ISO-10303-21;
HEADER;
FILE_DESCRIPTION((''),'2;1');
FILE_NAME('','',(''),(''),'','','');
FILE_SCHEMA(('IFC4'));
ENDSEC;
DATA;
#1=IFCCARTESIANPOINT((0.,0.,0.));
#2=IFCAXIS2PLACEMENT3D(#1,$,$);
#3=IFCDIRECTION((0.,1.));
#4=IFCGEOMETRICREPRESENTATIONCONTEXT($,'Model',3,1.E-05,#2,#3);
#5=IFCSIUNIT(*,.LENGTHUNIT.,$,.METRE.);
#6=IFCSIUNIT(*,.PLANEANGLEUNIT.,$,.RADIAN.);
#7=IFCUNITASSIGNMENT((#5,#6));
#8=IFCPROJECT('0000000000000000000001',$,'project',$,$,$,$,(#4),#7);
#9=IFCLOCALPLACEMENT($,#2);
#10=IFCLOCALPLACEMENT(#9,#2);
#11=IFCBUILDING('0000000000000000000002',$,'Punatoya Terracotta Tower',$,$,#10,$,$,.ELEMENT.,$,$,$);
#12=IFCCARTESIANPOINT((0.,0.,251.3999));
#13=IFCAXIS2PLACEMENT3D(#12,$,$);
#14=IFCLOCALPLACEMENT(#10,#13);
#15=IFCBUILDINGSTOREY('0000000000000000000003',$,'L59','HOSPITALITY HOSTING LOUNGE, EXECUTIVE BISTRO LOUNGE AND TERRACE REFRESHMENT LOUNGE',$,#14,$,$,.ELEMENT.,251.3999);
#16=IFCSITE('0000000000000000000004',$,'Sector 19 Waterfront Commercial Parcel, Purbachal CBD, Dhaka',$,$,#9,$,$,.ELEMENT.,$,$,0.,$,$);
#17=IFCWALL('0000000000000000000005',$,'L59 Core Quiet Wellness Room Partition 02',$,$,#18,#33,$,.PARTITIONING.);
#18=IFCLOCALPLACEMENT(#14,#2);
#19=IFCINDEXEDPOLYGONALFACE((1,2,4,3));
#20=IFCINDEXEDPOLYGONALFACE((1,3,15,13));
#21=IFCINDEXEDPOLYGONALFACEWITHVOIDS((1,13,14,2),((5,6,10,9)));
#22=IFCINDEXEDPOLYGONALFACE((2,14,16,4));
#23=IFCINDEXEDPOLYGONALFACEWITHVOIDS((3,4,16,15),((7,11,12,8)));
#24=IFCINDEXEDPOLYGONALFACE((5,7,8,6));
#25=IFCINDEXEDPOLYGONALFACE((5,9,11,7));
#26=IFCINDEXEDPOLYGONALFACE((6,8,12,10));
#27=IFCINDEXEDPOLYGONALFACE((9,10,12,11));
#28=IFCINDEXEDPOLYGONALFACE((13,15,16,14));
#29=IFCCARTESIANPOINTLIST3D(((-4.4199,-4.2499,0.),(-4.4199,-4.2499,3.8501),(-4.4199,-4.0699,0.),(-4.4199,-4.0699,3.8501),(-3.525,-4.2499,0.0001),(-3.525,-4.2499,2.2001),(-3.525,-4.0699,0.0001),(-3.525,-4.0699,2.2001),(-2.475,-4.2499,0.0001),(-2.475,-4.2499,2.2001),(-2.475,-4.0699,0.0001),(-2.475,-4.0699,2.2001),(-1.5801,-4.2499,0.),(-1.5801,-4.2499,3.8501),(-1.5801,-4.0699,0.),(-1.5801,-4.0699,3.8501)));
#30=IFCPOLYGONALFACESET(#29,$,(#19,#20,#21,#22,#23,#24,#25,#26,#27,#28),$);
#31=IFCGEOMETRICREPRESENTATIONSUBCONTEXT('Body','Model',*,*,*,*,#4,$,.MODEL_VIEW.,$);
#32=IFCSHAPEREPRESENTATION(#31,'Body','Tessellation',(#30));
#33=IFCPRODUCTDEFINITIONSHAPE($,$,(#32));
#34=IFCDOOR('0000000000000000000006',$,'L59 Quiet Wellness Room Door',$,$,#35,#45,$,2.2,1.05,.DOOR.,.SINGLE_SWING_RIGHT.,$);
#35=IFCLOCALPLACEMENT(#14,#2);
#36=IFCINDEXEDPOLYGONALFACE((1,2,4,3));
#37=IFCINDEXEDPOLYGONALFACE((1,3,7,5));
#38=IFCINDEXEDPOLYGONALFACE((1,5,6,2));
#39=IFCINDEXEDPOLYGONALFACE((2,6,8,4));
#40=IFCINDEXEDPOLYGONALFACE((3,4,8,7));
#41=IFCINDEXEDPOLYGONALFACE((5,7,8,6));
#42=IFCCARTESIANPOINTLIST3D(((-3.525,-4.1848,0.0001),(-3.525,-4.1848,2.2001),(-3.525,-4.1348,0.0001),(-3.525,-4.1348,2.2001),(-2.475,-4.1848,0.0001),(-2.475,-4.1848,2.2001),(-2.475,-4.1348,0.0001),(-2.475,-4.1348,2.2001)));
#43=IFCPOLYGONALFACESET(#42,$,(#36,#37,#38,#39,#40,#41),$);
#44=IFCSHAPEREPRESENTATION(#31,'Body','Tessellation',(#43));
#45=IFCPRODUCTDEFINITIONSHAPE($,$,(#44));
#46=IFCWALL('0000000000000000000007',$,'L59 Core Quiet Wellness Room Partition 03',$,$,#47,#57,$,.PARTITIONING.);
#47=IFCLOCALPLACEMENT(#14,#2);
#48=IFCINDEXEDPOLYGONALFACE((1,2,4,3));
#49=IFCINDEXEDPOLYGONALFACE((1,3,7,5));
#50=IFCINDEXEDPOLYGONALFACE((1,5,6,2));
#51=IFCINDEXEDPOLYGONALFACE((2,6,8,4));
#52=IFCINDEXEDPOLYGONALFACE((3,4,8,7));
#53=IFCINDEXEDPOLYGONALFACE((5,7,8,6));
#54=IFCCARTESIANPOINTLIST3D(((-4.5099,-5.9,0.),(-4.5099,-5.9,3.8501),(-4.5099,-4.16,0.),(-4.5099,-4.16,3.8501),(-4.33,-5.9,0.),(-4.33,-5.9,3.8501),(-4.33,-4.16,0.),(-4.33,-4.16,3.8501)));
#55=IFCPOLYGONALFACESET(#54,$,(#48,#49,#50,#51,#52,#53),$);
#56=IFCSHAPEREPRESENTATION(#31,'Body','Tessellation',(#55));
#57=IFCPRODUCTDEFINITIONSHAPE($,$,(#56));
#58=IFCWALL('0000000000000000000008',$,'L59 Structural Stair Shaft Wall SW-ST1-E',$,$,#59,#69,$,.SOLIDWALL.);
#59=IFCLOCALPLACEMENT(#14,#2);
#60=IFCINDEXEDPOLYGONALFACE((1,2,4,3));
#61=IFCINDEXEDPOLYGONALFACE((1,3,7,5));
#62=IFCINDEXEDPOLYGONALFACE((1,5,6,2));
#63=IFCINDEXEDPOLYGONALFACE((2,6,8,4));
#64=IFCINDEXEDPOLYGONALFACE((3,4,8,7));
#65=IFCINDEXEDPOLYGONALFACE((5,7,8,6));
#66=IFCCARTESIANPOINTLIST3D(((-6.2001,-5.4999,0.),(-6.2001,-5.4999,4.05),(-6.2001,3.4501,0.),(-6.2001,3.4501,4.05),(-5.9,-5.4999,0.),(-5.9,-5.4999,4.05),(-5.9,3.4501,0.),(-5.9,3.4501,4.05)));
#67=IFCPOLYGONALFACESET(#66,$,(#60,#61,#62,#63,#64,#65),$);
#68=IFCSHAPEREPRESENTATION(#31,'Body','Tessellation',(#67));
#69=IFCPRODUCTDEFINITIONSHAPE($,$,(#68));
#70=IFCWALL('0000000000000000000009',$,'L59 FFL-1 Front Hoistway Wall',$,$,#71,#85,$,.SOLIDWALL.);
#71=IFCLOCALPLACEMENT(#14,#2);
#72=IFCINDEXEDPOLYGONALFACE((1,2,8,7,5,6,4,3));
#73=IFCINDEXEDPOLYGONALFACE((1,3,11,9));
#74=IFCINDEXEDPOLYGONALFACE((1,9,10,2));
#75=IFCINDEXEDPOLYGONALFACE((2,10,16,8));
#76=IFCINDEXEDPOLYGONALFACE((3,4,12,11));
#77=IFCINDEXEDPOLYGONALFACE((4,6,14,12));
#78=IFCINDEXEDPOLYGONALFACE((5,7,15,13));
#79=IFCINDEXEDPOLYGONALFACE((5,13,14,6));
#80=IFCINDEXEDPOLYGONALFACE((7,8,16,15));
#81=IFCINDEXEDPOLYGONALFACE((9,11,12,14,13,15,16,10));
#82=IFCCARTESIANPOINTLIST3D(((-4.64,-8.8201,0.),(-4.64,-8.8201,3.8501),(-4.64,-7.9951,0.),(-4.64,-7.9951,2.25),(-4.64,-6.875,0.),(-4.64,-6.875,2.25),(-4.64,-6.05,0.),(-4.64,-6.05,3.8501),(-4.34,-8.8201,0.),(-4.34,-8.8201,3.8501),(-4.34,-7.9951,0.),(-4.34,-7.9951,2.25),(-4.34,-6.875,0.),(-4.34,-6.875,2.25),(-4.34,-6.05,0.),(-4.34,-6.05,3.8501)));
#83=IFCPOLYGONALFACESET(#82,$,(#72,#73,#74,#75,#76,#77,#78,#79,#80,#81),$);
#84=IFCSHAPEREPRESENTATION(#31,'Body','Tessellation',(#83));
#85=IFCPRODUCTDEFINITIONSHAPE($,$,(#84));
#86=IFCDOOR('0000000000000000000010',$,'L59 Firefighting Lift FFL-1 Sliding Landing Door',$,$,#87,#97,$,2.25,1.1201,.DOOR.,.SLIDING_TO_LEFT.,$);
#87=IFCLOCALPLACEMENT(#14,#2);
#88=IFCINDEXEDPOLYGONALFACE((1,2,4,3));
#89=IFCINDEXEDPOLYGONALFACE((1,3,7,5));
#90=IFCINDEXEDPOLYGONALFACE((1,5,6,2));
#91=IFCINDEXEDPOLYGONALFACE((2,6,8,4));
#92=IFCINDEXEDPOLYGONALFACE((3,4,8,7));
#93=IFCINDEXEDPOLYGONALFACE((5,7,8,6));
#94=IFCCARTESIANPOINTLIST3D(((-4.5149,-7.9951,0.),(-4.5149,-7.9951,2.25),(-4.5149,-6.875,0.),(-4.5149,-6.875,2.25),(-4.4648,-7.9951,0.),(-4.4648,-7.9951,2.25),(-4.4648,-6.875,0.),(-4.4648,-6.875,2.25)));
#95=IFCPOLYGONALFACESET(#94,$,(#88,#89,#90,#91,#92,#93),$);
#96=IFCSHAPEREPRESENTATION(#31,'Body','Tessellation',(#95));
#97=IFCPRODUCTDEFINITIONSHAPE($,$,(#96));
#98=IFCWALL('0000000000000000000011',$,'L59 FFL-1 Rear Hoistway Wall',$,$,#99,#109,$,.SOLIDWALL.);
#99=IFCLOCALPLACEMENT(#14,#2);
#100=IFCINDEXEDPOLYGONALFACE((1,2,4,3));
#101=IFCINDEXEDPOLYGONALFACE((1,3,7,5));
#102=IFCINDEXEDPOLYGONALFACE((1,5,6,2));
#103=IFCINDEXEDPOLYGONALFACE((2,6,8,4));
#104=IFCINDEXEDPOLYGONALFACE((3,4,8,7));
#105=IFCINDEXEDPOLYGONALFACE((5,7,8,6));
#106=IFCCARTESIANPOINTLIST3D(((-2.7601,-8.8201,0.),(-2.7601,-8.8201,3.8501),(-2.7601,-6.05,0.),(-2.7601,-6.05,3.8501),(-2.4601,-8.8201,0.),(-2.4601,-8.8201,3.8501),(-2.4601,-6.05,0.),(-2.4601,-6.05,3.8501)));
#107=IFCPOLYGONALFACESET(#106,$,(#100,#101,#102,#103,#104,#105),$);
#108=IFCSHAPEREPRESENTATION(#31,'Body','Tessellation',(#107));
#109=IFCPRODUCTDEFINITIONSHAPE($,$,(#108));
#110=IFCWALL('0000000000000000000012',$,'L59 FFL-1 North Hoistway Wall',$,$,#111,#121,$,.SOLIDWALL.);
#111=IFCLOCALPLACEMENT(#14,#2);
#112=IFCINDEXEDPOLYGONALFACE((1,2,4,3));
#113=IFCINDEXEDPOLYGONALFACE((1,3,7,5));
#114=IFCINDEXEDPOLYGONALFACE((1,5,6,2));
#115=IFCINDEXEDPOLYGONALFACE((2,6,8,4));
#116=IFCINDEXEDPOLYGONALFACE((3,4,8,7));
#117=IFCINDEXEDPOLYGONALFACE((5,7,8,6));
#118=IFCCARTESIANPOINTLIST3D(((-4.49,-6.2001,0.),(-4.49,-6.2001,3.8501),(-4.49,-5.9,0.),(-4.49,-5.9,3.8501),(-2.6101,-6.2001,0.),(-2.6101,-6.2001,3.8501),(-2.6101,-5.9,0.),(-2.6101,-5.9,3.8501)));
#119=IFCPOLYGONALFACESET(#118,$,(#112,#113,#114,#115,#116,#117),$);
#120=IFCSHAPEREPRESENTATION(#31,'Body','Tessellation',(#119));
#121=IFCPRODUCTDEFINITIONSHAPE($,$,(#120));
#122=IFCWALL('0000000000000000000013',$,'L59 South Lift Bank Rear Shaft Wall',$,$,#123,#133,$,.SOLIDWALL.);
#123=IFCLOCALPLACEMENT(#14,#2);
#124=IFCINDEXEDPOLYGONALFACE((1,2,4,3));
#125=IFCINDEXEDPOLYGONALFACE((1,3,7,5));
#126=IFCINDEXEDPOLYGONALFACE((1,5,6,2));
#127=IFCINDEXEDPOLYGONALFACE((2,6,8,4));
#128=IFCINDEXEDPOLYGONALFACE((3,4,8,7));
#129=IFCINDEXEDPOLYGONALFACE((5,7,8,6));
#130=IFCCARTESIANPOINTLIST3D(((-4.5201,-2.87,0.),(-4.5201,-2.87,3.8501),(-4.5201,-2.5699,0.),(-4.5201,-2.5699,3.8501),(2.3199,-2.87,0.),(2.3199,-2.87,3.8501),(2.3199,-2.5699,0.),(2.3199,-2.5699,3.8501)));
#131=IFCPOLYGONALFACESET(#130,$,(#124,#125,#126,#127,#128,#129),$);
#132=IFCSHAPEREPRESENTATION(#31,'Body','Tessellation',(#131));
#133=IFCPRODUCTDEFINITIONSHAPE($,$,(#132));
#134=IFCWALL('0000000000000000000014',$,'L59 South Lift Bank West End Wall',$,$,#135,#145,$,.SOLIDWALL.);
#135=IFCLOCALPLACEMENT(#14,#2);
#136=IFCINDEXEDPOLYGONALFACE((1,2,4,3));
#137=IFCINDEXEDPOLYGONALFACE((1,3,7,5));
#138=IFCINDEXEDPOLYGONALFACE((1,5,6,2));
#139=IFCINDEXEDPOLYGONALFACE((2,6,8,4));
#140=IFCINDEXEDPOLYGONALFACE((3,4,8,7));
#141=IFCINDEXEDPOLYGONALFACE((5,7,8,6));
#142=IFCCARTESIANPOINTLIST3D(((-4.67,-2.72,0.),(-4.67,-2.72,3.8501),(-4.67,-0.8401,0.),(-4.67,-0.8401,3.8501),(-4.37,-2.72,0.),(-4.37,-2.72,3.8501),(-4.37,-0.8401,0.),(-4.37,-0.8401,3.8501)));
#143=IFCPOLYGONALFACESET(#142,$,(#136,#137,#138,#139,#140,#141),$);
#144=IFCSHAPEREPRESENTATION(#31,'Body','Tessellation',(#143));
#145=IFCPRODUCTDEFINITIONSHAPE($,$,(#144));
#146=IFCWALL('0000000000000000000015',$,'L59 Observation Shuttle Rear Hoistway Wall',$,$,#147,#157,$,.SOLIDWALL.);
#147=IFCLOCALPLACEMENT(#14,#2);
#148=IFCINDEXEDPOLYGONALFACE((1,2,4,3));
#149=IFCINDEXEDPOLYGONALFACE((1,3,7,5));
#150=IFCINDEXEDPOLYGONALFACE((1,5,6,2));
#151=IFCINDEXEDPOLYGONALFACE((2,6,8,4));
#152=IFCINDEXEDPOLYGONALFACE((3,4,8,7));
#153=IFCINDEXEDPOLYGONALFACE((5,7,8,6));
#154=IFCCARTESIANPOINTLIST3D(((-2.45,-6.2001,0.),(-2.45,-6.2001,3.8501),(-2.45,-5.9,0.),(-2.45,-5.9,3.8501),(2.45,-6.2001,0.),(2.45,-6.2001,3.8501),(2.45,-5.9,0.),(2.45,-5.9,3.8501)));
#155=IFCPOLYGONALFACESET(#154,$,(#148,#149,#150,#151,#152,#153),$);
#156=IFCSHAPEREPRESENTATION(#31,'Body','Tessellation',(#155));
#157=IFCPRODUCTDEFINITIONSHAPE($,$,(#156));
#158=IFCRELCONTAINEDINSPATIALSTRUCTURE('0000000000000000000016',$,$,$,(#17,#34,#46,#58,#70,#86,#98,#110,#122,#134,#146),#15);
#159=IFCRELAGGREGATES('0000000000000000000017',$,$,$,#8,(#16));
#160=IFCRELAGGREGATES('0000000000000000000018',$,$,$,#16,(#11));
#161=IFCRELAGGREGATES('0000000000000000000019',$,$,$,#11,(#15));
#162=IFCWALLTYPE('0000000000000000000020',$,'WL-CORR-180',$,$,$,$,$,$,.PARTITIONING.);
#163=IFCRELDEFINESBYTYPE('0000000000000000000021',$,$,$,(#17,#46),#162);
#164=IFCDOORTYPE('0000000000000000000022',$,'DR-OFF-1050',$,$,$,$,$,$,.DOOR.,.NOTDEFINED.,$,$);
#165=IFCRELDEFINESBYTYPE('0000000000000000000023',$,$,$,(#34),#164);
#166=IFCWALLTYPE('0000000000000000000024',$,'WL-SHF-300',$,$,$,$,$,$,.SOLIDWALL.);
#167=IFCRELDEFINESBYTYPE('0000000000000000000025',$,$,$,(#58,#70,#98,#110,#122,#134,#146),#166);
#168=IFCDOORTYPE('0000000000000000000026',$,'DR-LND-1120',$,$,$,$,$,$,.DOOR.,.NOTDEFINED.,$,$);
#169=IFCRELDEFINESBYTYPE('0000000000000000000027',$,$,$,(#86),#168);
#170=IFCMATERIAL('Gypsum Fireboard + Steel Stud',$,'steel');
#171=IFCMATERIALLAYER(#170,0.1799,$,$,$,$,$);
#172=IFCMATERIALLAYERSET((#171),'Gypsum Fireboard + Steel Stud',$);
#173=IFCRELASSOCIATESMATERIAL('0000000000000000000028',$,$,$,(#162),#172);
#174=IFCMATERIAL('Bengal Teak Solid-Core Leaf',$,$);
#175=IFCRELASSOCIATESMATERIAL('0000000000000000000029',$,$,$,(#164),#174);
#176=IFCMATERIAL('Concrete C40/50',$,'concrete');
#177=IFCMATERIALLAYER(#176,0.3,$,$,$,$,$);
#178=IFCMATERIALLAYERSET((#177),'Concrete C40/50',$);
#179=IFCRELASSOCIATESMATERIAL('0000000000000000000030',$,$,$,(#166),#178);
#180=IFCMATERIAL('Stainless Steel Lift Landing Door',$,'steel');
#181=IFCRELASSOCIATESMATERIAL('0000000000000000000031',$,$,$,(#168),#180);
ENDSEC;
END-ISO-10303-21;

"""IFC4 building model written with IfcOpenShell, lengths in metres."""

from ifc_helpers import new_model, si_unit, direction, frame, frame_2d, origin, place, context, subcontext, project, spatial, rectangle, extrude, material, layer, layer_set, type_object, element, fill, save


model = new_model("IFC4")

# Units and contexts
model_context = context("Model", 3, precision=1e-05, world=origin(), true_north=direction((0.0, 1.0)))
body_context = subcontext(model_context, "Body", "Model", "MODEL_VIEW")
ifc_project = project(units=[si_unit("LENGTHUNIT", "METRE"), si_unit("PLANEANGLEUNIT", "RADIAN")], contexts=[model_context])

# Site, building, storey
site_placement = place(None, origin())
site = spatial("IfcSite", under=ifc_project, at=site_placement, Name="Sector 19 Waterfront Commercial Parcel, Purbachal CBD, Dhaka", CompositionType="ELEMENT", RefElevation=0.0)
building_placement = place(site_placement, origin())
building = spatial("IfcBuilding", under=site, at=building_placement, Name="Punatoya Terracotta Tower", CompositionType="ELEMENT")
storey_placement = place(building_placement, frame((0.0, 0.0, 251.3999)))
storey = spatial("IfcBuildingStorey", under=building, at=storey_placement, Name="L59", Description="HOSPITALITY HOSTING LOUNGE, EXECUTIVE BISTRO LOUNGE AND TERRACE REFRESHMENT LOUNGE", CompositionType="ELEMENT", Elevation=251.3999)

# Shared definitions
ifc_material_1 = material(Name="Concrete C40/50", Category="concrete")

# Shared definitions
ifc_material_2 = material(Name="Gypsum Fireboard + Steel Stud", Category="steel")
ifc_layer_1 = layer(ifc_material_2, 0.1799)
ifc_layer_set_1 = layer_set([ifc_layer_1], Name="Gypsum Fireboard + Steel Stud")
wall_type_1 = type_object("IfcWallType", Name="WL-CORR-180", PredefinedType="PARTITIONING", material=ifc_layer_set_1)

# Wall, opening, door
wall_1_placement = place(storey_placement, frame((-1.5801, -4.1599, 0.0), z_axis=(0.0, 0.0, 1.0), x_axis=(-1.0, 0.0, 0.0)))
wall_1 = element("IfcWall", 1, at=wall_1_placement, inside=storey, type_object=wall_type_1, Name="L59 Core Quiet Wellness Room Partition 02", PredefinedType="PARTITIONING", context=body_context, shape_type="SweptSolid", body=[
    extrude(rectangle(XDim=2.8398, YDim=0.1799, at=frame_2d((1.4199, 0.0))), origin(), (0.0, 0.0, 1.0), 3.8501),
])
opening_1_placement = place(wall_1_placement, frame((0.895, 0.0, 0.0)))
opening_1 = element("IfcOpeningElement", 2, at=opening_1_placement, cuts=wall_1, PredefinedType="OPENING", context=body_context, shape_type="SweptSolid", body=[
    extrude(rectangle(XDim=1.05, YDim=2.2, at=frame_2d((0.5249, 1.1001))), frame((0.0, 0.0999, 0.0), z_axis=(0.0, -1.0, 0.0), x_axis=(1.0, 0.0, 0.0)), (0.0, 0.0, 1.0), 0.2),
])
ifc_material_3 = material(Name="Bengal Teak Solid-Core Leaf")
door_type_1 = type_object("IfcDoorType", Name="DR-OFF-1050", OperationType="NOTDEFINED", PredefinedType="DOOR", material=ifc_material_3)
door_1_placement = place(opening_1_placement, origin())
door_1 = element("IfcDoor", 3, at=door_1_placement, inside=storey, type_object=door_type_1, Name="L59 Quiet Wellness Room Door", OperationType="SINGLE_SWING_RIGHT", OverallHeight=2.2, OverallWidth=1.05, PredefinedType="DOOR", context=body_context, shape_type="SweptSolid", body=[
    extrude(rectangle(XDim=1.05, YDim=2.2, at=frame_2d((0.5249, 1.1001))), frame((0.0, 0.0249, 0.0), z_axis=(0.0, -1.0, 0.0), x_axis=(1.0, 0.0, 0.0)), (0.0, 0.0, 1.0), 0.05),
])
fill(opening_1, door_1)

# Walls
wall_2_placement = place(storey_placement, frame((-4.4199, -4.1599, 0.0), z_axis=(0.0, 0.0, 1.0), x_axis=(0.0, -1.0, 0.0)))
element("IfcWall", 4, at=wall_2_placement, inside=storey, type_object=wall_type_1, Name="L59 Core Quiet Wellness Room Partition 03", PredefinedType="PARTITIONING", context=body_context, shape_type="SweptSolid", body=[
    extrude(rectangle(XDim=1.74, YDim=0.1799, at=frame_2d((0.8701, 0.0))), origin(), (0.0, 0.0, 1.0), 3.8501),
])
ifc_layer_2 = layer(ifc_material_1, 0.3)
ifc_layer_set_2 = layer_set([ifc_layer_2], Name="Concrete C40/50")
wall_type_2 = type_object("IfcWallType", Name="WL-SHF-300", PredefinedType="SOLIDWALL", material=ifc_layer_set_2)
wall_3_placement = place(storey_placement, frame((-6.05, -5.5, 0.0), z_axis=(0.0, 0.0, 1.0), x_axis=(0.0, 1.0, 0.0)))
element("IfcWall", 5, at=wall_3_placement, inside=storey, type_object=wall_type_2, Name="L59 Structural Stair Shaft Wall SW-ST1-E", PredefinedType="SOLIDWALL", context=body_context, shape_type="SweptSolid", body=[
    extrude(rectangle(XDim=8.95, YDim=0.3, at=frame_2d((4.4751, 0.0))), origin(), (0.0, 0.0, 1.0), 4.05),
])

# Wall, opening, door
wall_4_placement = place(storey_placement, frame((-4.49, -8.8201, 0.0), z_axis=(0.0, 0.0, 1.0), x_axis=(0.0, 1.0, 0.0)))
wall_4 = element("IfcWall", 6, at=wall_4_placement, inside=storey, type_object=wall_type_2, Name="L59 FFL-1 Front Hoistway Wall", PredefinedType="SOLIDWALL", context=body_context, shape_type="SweptSolid", body=[
    extrude(rectangle(XDim=2.77, YDim=0.3, at=frame_2d((1.385, 0.0))), origin(), (0.0, 0.0, 1.0), 3.8501),
])
opening_2_placement = place(wall_4_placement, frame((0.825, 0.0, 0.0)))
opening_2 = element("IfcOpeningElement", 7, at=opening_2_placement, cuts=wall_4, PredefinedType="OPENING", context=body_context, shape_type="SweptSolid", body=[
    extrude(rectangle(XDim=1.1201, YDim=2.25, at=frame_2d((0.5601, 1.125))), frame((0.0, 0.1599, 0.0), z_axis=(0.0, -1.0, 0.0), x_axis=(1.0, 0.0, 0.0)), (0.0, 0.0, 1.0), 0.3201),
])
ifc_material_4 = material(Name="Stainless Steel Lift Landing Door", Category="steel")
door_type_2 = type_object("IfcDoorType", Name="DR-LND-1120", OperationType="NOTDEFINED", PredefinedType="DOOR", material=ifc_material_4)
door_2_placement = place(opening_2_placement, origin())
door_2 = element("IfcDoor", 8, at=door_2_placement, inside=storey, type_object=door_type_2, Name="L59 Firefighting Lift FFL-1 Sliding Landing Door", OperationType="SLIDING_TO_LEFT", OverallHeight=2.25, OverallWidth=1.1201, PredefinedType="DOOR", context=body_context, shape_type="SweptSolid", body=[
    extrude(rectangle(XDim=1.1201, YDim=2.25, at=frame_2d((0.5601, 1.125))), frame((0.0, 0.0249, 0.0), z_axis=(0.0, -1.0, 0.0), x_axis=(1.0, 0.0, 0.0)), (0.0, 0.0, 1.0), 0.05),
])
fill(opening_2, door_2)

# Walls
wall_5_placement = place(storey_placement, frame((-2.6101, -8.8201, 0.0), z_axis=(0.0, 0.0, 1.0), x_axis=(0.0, 1.0, 0.0)))
element("IfcWall", 9, at=wall_5_placement, inside=storey, type_object=wall_type_2, Name="L59 FFL-1 Rear Hoistway Wall", PredefinedType="SOLIDWALL", context=body_context, shape_type="SweptSolid", body=[
    extrude(rectangle(XDim=2.77, YDim=0.3, at=frame_2d((1.385, 0.0))), origin(), (0.0, 0.0, 1.0), 3.8501),
])
wall_6_placement = place(storey_placement, frame((-4.49, -6.05, 0.0), z_axis=(0.0, 0.0, 1.0), x_axis=(1.0, 0.0, 0.0)))
element("IfcWall", 10, at=wall_6_placement, inside=storey, type_object=wall_type_2, Name="L59 FFL-1 North Hoistway Wall", PredefinedType="SOLIDWALL", context=body_context, shape_type="SweptSolid", body=[
    extrude(rectangle(XDim=1.8799, YDim=0.3, at=frame_2d((0.9399, 0.0))), origin(), (0.0, 0.0, 1.0), 3.8501),
])
wall_7_placement = place(storey_placement, frame((-4.52, -2.72, 0.0), z_axis=(0.0, 0.0, 1.0), x_axis=(1.0, 0.0, 0.0)))
element("IfcWall", 11, at=wall_7_placement, inside=storey, type_object=wall_type_2, Name="L59 South Lift Bank Rear Shaft Wall", PredefinedType="SOLIDWALL", context=body_context, shape_type="SweptSolid", body=[
    extrude(rectangle(XDim=6.8401, YDim=0.3, at=frame_2d((3.4199, 0.0))), origin(), (0.0, 0.0, 1.0), 3.8501),
])
wall_8_placement = place(storey_placement, frame((-4.52, -2.72, 0.0), z_axis=(0.0, 0.0, 1.0), x_axis=(0.0, 1.0, 0.0)))
element("IfcWall", 12, at=wall_8_placement, inside=storey, type_object=wall_type_2, Name="L59 South Lift Bank West End Wall", PredefinedType="SOLIDWALL", context=body_context, shape_type="SweptSolid", body=[
    extrude(rectangle(XDim=1.8799, YDim=0.3, at=frame_2d((0.9399, 0.0))), origin(), (0.0, 0.0, 1.0), 3.8501),
])
wall_9_placement = place(storey_placement, frame((-2.45, -6.05, 0.0), z_axis=(0.0, 0.0, 1.0), x_axis=(1.0, 0.0, 0.0)))
element("IfcWall", 13, at=wall_9_placement, inside=storey, type_object=wall_type_2, Name="L59 Observation Shuttle Rear Hoistway Wall", PredefinedType="SOLIDWALL", context=body_context, shape_type="SweptSolid", body=[
    extrude(rectangle(XDim=4.8999, YDim=0.3, at=frame_2d((2.45, 0.0))), origin(), (0.0, 0.0, 1.0), 3.8501),
])

save(model, "model.ifc")
